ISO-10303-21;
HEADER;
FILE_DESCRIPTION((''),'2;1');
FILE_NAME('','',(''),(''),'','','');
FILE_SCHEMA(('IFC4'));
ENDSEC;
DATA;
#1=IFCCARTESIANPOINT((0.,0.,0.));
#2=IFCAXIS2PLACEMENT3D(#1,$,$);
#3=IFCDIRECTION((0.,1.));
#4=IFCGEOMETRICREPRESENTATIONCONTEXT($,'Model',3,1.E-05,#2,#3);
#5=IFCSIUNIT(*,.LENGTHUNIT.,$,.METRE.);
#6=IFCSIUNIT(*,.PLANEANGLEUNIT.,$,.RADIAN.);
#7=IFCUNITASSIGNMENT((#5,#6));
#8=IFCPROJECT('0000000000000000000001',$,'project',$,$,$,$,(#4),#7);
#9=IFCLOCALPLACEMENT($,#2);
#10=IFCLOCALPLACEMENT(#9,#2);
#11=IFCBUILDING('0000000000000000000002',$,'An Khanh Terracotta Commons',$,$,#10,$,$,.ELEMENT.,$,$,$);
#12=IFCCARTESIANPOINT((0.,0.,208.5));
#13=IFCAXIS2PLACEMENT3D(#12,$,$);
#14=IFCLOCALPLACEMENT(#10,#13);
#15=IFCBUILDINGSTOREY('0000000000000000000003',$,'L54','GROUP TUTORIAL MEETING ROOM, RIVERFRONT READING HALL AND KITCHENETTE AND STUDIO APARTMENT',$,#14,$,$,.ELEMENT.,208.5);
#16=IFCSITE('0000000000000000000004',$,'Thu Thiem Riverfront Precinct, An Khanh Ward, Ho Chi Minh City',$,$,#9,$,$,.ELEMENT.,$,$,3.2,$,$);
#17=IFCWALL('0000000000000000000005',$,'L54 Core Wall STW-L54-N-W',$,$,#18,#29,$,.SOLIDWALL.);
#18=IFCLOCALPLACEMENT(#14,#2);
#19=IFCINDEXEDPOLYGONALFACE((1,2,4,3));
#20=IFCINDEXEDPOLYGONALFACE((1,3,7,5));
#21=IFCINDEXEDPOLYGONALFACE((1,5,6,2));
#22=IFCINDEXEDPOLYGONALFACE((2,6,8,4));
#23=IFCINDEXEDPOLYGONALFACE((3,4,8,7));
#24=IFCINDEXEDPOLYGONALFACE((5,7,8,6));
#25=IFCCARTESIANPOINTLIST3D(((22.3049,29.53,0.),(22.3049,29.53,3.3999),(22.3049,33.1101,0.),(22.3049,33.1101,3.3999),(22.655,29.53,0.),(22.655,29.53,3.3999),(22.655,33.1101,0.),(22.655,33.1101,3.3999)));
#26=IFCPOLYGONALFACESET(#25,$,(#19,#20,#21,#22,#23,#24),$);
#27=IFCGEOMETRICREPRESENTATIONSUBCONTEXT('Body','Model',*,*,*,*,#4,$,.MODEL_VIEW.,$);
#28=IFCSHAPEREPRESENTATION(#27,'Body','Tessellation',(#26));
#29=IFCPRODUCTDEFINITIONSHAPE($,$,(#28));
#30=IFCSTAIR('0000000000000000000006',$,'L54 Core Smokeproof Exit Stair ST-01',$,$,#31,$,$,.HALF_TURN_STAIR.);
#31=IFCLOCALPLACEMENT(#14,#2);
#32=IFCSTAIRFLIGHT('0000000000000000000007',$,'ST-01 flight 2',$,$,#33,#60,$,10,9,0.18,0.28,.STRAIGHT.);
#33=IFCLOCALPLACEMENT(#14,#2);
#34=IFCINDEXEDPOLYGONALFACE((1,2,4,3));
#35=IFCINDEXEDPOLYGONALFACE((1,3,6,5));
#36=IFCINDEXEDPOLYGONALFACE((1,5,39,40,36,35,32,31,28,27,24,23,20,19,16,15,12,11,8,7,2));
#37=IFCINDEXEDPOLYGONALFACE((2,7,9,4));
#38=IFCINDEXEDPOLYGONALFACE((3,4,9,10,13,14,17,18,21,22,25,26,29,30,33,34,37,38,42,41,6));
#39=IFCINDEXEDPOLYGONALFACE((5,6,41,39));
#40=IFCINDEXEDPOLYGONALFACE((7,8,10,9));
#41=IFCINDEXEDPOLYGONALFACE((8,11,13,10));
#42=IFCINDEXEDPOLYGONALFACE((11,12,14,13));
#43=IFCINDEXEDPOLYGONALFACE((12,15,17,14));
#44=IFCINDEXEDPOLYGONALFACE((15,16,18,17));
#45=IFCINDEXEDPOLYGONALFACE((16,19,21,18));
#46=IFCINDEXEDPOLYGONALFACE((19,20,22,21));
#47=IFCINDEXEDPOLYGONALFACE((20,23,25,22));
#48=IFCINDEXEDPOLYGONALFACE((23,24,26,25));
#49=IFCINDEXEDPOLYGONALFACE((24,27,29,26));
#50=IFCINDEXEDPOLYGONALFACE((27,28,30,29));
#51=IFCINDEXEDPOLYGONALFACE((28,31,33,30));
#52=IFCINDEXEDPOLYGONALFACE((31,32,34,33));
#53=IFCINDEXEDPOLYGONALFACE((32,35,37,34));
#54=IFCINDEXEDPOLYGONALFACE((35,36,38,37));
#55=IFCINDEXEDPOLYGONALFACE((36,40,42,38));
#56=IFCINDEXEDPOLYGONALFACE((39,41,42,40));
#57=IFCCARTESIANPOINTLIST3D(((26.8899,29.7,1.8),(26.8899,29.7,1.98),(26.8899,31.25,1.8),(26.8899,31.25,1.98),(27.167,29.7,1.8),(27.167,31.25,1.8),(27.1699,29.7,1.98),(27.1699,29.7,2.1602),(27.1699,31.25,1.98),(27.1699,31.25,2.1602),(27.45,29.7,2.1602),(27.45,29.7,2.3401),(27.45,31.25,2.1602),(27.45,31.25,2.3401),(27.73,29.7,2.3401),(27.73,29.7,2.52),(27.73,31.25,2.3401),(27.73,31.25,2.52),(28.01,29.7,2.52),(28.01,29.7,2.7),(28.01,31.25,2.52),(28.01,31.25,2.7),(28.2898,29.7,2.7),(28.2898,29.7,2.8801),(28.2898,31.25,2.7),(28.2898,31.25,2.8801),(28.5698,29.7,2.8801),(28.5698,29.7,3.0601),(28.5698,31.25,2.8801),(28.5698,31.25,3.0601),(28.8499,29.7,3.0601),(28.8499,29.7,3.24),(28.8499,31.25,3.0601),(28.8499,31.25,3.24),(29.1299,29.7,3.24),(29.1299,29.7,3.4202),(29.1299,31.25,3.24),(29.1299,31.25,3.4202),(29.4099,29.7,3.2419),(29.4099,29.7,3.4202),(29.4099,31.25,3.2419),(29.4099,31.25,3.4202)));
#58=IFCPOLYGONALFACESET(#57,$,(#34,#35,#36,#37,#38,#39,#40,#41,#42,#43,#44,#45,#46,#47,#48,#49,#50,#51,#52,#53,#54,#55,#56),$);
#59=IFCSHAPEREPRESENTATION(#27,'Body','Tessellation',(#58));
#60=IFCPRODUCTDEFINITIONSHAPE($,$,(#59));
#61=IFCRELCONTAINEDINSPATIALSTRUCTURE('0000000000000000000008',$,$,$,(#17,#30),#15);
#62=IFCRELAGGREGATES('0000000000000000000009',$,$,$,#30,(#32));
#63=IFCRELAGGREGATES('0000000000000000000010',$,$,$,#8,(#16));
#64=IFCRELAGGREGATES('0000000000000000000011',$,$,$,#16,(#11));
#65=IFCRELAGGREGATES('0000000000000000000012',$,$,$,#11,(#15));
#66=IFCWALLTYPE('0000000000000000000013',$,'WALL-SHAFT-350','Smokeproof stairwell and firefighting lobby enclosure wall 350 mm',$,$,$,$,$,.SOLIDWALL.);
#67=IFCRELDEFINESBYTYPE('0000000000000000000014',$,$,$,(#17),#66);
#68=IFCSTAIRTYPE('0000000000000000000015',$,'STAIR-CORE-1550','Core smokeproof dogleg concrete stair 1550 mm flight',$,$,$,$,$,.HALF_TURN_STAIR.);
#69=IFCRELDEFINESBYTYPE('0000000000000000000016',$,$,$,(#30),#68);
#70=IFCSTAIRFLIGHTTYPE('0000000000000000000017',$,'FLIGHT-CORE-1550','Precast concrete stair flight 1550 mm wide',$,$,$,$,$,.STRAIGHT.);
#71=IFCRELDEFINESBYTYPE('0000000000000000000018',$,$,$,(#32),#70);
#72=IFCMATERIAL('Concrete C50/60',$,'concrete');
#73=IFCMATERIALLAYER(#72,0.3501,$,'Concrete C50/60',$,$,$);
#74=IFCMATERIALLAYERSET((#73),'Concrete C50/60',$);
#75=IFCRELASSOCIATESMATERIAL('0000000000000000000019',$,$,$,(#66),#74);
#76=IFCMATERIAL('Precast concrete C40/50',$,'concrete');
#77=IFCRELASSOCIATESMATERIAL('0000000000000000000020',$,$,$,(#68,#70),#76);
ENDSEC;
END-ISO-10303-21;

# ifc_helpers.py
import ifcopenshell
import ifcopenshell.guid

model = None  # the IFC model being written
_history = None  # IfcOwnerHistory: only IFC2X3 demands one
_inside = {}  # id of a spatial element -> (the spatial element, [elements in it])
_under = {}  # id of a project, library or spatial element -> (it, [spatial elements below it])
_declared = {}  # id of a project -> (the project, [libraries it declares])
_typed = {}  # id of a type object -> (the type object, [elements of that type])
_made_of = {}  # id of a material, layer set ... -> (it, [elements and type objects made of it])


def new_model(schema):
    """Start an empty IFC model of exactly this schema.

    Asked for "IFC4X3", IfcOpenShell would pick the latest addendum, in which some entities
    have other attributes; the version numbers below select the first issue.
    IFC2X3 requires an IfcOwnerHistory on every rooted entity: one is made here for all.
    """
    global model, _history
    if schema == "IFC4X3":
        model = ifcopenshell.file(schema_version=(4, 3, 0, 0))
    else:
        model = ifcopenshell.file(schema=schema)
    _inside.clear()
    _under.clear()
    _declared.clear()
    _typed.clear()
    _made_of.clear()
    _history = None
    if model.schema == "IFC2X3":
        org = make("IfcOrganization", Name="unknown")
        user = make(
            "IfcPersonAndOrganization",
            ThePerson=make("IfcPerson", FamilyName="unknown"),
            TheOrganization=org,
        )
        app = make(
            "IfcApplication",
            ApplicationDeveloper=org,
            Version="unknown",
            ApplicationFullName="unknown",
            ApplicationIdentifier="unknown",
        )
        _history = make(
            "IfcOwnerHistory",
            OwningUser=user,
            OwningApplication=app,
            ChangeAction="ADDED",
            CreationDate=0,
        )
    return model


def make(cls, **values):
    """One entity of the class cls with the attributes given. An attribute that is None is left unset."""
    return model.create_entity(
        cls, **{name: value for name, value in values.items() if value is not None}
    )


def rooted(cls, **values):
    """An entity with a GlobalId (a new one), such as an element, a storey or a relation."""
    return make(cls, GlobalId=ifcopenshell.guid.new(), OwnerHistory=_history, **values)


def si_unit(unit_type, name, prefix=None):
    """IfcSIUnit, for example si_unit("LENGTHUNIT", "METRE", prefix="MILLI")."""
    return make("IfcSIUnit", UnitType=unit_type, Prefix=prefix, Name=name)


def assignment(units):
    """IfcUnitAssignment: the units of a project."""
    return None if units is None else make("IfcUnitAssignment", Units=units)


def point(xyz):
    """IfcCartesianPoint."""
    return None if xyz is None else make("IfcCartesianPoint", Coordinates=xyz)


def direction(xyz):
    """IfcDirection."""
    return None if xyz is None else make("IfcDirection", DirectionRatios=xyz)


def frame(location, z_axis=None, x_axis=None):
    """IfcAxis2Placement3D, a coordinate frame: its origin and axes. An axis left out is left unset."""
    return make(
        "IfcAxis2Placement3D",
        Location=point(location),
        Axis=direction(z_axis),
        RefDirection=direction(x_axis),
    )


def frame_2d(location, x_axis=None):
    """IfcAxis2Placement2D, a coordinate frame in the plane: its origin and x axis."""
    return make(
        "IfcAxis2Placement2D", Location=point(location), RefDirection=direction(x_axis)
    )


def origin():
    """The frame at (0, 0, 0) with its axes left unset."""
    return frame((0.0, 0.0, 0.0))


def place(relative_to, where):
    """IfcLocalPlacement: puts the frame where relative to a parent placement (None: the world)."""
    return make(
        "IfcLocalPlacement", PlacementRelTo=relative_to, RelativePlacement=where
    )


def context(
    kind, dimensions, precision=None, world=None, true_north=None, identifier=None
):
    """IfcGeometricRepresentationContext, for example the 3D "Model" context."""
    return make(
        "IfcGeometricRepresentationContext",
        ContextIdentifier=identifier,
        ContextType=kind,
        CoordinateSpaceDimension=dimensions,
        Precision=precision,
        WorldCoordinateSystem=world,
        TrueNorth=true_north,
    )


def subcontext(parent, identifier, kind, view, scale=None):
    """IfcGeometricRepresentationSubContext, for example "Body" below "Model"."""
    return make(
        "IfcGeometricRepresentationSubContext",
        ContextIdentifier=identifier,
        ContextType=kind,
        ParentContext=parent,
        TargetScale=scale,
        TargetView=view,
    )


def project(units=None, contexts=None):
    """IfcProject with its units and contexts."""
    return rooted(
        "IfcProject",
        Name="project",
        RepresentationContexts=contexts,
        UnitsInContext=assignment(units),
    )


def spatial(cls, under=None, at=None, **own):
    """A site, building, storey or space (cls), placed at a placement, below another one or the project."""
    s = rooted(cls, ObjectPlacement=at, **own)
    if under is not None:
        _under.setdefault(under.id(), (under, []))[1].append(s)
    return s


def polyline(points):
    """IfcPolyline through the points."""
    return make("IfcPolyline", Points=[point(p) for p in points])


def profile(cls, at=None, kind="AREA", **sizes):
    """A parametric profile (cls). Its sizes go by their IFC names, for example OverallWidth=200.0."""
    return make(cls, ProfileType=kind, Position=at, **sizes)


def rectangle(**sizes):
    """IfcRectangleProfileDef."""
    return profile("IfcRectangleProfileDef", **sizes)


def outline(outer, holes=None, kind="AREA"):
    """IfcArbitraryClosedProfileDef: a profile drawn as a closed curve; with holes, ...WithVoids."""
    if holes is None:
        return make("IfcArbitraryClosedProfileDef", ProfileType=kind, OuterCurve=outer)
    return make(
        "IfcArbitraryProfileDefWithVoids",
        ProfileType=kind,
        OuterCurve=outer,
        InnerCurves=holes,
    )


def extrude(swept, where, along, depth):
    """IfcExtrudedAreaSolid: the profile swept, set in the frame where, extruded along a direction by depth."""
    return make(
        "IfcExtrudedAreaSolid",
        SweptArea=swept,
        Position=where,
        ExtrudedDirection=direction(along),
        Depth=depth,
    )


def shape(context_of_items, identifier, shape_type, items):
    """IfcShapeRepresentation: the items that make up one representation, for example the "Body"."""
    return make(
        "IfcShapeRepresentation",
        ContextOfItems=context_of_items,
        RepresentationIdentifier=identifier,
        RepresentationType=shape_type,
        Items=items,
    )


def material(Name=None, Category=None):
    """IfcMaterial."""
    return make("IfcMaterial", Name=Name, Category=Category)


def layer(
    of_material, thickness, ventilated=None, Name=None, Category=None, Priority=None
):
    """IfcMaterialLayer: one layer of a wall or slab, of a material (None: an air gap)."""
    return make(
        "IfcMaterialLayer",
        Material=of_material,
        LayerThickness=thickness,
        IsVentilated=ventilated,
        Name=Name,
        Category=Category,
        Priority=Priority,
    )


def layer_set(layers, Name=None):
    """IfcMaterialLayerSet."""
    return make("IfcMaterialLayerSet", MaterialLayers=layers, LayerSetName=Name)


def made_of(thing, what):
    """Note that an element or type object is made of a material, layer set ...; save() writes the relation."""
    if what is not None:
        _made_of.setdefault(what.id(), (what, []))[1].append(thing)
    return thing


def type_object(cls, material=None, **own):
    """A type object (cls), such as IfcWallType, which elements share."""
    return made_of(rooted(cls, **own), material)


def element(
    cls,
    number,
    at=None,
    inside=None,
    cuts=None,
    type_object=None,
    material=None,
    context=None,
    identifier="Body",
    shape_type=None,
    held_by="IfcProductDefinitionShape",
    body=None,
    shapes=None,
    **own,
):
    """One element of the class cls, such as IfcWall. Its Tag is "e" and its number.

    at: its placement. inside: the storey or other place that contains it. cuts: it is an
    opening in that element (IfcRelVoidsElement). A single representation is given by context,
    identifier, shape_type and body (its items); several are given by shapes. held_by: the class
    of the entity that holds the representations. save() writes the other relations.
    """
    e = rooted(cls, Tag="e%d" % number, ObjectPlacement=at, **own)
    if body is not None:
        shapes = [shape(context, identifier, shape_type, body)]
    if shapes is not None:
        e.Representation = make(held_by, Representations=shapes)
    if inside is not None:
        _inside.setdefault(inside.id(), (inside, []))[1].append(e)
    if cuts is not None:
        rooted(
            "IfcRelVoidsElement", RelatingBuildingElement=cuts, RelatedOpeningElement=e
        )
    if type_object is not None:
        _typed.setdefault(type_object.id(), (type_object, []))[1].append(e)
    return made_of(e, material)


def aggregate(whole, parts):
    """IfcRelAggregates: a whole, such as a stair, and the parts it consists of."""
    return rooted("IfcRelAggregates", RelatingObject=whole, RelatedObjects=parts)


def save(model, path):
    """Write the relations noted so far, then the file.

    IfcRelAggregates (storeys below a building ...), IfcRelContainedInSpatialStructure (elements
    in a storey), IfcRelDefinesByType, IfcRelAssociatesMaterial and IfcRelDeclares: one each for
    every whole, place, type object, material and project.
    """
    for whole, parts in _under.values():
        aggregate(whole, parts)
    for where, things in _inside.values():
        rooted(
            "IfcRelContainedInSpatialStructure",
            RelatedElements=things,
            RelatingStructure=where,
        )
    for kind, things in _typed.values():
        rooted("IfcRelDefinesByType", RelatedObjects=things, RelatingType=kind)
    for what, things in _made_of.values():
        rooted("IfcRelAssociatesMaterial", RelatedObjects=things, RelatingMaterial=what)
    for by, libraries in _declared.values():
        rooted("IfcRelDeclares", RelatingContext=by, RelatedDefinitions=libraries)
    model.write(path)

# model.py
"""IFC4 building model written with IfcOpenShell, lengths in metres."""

from ifc_helpers import new_model, si_unit, direction, frame, frame_2d, origin, place, context, subcontext, project, spatial, polyline, rectangle, outline, extrude, material, layer, layer_set, type_object, element, aggregate, save


model = new_model("IFC4")

# Units and contexts
model_context = context("Model", 3, precision=1e-05, world=origin(), true_north=direction((0.0, 1.0)))
body_context = subcontext(model_context, "Body", "Model", "MODEL_VIEW")
ifc_project = project(units=[si_unit("LENGTHUNIT", "METRE"), si_unit("PLANEANGLEUNIT", "RADIAN")], contexts=[model_context])

# Site, building, storey
site_placement = place(None, origin())
site = spatial("IfcSite", under=ifc_project, at=site_placement, Name="Thu Thiem Riverfront Precinct, An Khanh Ward, Ho Chi Minh City", CompositionType="ELEMENT", RefElevation=3.2)
building_placement = place(site_placement, origin())
building = spatial("IfcBuilding", under=site, at=building_placement, Name="An Khanh Terracotta Commons", CompositionType="ELEMENT")
storey_placement = place(building_placement, frame((0.0, 0.0, 208.5)))
storey = spatial("IfcBuildingStorey", under=building, at=storey_placement, Name="L54", Description="GROUP TUTORIAL MEETING ROOM, RIVERFRONT READING HALL AND KITCHENETTE AND STUDIO APARTMENT", CompositionType="ELEMENT", Elevation=208.5)

# Wall
ifc_material_1 = material(Name="Concrete C50/60", Category="concrete")
ifc_layer_1 = layer(ifc_material_1, 0.3501, Name="Concrete C50/60")
ifc_layer_set_1 = layer_set([ifc_layer_1], Name="Concrete C50/60")
wall_type_1 = type_object("IfcWallType", Name="WALL-SHAFT-350", Description="Smokeproof stairwell and firefighting lobby enclosure wall 350 mm", PredefinedType="SOLIDWALL", material=ifc_layer_set_1)
wall_1_placement = place(storey_placement, frame((22.48, 29.53, 0.0), z_axis=(0.0, 0.0, 1.0), x_axis=(0.0, 1.0, 0.0)))
element("IfcWall", 1, at=wall_1_placement, inside=storey, type_object=wall_type_1, Name="L54 Core Wall STW-L54-N-W", PredefinedType="SOLIDWALL", context=body_context, shape_type="SweptSolid", body=[
    extrude(rectangle(XDim=3.5801, YDim=0.3501, at=frame_2d((1.79, 0.0))), origin(), (0.0, 0.0, 1.0), 3.3999),
])

# Stair, stair flight
ifc_material_2 = material(Name="Precast concrete C40/50", Category="concrete")
stair_type = type_object("IfcStairType", Name="STAIR-CORE-1550", Description="Core smokeproof dogleg concrete stair 1550 mm flight", PredefinedType="HALF_TURN_STAIR", material=ifc_material_2)
stair_placement = place(storey_placement, origin())
stair = element("IfcStair", 2, at=stair_placement, inside=storey, type_object=stair_type, Name="L54 Core Smokeproof Exit Stair ST-01", PredefinedType="HALF_TURN_STAIR")
stair_flight_type = type_object("IfcStairFlightType", Name="FLIGHT-CORE-1550", Description="Precast concrete stair flight 1550 mm wide", PredefinedType="STRAIGHT", material=ifc_material_2)
stair_flight_placement = place(storey_placement, frame((26.8899, 30.4751, 1.8), z_axis=(0.0, 0.0, 1.0), x_axis=(1.0, 0.0, 0.0)))
stair_flight = element("IfcStairFlight", 3, at=stair_flight_placement, type_object=stair_flight_type, Name="ST-01 flight 2", NumberOfRisers=10, NumberOfTreads=9, PredefinedType="STRAIGHT", RiserHeight=0.18, TreadLength=0.28, context=body_context, shape_type="SweptSolid", body=[
    extrude(outline(polyline([(0.0, 0.0), (0.0, 0.1799), (0.28, 0.1799), (0.28, 0.3601), (0.5601, 0.3601), (0.5601, 0.54), (0.8401, 0.54), (0.8401, 0.72), (1.1201, 0.72), (1.1201, 0.8999), (1.3999, 0.8999), (1.3999, 1.0801), (1.6799, 1.0801), (1.6799, 1.26), (1.96, 1.26), (1.96, 1.4399), (2.24, 1.4399), (2.24, 1.6201), (2.52, 1.6201), (2.52, 1.8), (2.52, 1.4419), (0.2771, 0.0), (0.0, 0.0)])), frame((0.0, 0.7749, 0.0), z_axis=(0.0, -1.0, 0.0), x_axis=(1.0, 0.0, 0.0)), (0.0, 0.0, 1.0), 1.55),
])
aggregate(stair, [stair_flight])

save(model, "model.ifc")
